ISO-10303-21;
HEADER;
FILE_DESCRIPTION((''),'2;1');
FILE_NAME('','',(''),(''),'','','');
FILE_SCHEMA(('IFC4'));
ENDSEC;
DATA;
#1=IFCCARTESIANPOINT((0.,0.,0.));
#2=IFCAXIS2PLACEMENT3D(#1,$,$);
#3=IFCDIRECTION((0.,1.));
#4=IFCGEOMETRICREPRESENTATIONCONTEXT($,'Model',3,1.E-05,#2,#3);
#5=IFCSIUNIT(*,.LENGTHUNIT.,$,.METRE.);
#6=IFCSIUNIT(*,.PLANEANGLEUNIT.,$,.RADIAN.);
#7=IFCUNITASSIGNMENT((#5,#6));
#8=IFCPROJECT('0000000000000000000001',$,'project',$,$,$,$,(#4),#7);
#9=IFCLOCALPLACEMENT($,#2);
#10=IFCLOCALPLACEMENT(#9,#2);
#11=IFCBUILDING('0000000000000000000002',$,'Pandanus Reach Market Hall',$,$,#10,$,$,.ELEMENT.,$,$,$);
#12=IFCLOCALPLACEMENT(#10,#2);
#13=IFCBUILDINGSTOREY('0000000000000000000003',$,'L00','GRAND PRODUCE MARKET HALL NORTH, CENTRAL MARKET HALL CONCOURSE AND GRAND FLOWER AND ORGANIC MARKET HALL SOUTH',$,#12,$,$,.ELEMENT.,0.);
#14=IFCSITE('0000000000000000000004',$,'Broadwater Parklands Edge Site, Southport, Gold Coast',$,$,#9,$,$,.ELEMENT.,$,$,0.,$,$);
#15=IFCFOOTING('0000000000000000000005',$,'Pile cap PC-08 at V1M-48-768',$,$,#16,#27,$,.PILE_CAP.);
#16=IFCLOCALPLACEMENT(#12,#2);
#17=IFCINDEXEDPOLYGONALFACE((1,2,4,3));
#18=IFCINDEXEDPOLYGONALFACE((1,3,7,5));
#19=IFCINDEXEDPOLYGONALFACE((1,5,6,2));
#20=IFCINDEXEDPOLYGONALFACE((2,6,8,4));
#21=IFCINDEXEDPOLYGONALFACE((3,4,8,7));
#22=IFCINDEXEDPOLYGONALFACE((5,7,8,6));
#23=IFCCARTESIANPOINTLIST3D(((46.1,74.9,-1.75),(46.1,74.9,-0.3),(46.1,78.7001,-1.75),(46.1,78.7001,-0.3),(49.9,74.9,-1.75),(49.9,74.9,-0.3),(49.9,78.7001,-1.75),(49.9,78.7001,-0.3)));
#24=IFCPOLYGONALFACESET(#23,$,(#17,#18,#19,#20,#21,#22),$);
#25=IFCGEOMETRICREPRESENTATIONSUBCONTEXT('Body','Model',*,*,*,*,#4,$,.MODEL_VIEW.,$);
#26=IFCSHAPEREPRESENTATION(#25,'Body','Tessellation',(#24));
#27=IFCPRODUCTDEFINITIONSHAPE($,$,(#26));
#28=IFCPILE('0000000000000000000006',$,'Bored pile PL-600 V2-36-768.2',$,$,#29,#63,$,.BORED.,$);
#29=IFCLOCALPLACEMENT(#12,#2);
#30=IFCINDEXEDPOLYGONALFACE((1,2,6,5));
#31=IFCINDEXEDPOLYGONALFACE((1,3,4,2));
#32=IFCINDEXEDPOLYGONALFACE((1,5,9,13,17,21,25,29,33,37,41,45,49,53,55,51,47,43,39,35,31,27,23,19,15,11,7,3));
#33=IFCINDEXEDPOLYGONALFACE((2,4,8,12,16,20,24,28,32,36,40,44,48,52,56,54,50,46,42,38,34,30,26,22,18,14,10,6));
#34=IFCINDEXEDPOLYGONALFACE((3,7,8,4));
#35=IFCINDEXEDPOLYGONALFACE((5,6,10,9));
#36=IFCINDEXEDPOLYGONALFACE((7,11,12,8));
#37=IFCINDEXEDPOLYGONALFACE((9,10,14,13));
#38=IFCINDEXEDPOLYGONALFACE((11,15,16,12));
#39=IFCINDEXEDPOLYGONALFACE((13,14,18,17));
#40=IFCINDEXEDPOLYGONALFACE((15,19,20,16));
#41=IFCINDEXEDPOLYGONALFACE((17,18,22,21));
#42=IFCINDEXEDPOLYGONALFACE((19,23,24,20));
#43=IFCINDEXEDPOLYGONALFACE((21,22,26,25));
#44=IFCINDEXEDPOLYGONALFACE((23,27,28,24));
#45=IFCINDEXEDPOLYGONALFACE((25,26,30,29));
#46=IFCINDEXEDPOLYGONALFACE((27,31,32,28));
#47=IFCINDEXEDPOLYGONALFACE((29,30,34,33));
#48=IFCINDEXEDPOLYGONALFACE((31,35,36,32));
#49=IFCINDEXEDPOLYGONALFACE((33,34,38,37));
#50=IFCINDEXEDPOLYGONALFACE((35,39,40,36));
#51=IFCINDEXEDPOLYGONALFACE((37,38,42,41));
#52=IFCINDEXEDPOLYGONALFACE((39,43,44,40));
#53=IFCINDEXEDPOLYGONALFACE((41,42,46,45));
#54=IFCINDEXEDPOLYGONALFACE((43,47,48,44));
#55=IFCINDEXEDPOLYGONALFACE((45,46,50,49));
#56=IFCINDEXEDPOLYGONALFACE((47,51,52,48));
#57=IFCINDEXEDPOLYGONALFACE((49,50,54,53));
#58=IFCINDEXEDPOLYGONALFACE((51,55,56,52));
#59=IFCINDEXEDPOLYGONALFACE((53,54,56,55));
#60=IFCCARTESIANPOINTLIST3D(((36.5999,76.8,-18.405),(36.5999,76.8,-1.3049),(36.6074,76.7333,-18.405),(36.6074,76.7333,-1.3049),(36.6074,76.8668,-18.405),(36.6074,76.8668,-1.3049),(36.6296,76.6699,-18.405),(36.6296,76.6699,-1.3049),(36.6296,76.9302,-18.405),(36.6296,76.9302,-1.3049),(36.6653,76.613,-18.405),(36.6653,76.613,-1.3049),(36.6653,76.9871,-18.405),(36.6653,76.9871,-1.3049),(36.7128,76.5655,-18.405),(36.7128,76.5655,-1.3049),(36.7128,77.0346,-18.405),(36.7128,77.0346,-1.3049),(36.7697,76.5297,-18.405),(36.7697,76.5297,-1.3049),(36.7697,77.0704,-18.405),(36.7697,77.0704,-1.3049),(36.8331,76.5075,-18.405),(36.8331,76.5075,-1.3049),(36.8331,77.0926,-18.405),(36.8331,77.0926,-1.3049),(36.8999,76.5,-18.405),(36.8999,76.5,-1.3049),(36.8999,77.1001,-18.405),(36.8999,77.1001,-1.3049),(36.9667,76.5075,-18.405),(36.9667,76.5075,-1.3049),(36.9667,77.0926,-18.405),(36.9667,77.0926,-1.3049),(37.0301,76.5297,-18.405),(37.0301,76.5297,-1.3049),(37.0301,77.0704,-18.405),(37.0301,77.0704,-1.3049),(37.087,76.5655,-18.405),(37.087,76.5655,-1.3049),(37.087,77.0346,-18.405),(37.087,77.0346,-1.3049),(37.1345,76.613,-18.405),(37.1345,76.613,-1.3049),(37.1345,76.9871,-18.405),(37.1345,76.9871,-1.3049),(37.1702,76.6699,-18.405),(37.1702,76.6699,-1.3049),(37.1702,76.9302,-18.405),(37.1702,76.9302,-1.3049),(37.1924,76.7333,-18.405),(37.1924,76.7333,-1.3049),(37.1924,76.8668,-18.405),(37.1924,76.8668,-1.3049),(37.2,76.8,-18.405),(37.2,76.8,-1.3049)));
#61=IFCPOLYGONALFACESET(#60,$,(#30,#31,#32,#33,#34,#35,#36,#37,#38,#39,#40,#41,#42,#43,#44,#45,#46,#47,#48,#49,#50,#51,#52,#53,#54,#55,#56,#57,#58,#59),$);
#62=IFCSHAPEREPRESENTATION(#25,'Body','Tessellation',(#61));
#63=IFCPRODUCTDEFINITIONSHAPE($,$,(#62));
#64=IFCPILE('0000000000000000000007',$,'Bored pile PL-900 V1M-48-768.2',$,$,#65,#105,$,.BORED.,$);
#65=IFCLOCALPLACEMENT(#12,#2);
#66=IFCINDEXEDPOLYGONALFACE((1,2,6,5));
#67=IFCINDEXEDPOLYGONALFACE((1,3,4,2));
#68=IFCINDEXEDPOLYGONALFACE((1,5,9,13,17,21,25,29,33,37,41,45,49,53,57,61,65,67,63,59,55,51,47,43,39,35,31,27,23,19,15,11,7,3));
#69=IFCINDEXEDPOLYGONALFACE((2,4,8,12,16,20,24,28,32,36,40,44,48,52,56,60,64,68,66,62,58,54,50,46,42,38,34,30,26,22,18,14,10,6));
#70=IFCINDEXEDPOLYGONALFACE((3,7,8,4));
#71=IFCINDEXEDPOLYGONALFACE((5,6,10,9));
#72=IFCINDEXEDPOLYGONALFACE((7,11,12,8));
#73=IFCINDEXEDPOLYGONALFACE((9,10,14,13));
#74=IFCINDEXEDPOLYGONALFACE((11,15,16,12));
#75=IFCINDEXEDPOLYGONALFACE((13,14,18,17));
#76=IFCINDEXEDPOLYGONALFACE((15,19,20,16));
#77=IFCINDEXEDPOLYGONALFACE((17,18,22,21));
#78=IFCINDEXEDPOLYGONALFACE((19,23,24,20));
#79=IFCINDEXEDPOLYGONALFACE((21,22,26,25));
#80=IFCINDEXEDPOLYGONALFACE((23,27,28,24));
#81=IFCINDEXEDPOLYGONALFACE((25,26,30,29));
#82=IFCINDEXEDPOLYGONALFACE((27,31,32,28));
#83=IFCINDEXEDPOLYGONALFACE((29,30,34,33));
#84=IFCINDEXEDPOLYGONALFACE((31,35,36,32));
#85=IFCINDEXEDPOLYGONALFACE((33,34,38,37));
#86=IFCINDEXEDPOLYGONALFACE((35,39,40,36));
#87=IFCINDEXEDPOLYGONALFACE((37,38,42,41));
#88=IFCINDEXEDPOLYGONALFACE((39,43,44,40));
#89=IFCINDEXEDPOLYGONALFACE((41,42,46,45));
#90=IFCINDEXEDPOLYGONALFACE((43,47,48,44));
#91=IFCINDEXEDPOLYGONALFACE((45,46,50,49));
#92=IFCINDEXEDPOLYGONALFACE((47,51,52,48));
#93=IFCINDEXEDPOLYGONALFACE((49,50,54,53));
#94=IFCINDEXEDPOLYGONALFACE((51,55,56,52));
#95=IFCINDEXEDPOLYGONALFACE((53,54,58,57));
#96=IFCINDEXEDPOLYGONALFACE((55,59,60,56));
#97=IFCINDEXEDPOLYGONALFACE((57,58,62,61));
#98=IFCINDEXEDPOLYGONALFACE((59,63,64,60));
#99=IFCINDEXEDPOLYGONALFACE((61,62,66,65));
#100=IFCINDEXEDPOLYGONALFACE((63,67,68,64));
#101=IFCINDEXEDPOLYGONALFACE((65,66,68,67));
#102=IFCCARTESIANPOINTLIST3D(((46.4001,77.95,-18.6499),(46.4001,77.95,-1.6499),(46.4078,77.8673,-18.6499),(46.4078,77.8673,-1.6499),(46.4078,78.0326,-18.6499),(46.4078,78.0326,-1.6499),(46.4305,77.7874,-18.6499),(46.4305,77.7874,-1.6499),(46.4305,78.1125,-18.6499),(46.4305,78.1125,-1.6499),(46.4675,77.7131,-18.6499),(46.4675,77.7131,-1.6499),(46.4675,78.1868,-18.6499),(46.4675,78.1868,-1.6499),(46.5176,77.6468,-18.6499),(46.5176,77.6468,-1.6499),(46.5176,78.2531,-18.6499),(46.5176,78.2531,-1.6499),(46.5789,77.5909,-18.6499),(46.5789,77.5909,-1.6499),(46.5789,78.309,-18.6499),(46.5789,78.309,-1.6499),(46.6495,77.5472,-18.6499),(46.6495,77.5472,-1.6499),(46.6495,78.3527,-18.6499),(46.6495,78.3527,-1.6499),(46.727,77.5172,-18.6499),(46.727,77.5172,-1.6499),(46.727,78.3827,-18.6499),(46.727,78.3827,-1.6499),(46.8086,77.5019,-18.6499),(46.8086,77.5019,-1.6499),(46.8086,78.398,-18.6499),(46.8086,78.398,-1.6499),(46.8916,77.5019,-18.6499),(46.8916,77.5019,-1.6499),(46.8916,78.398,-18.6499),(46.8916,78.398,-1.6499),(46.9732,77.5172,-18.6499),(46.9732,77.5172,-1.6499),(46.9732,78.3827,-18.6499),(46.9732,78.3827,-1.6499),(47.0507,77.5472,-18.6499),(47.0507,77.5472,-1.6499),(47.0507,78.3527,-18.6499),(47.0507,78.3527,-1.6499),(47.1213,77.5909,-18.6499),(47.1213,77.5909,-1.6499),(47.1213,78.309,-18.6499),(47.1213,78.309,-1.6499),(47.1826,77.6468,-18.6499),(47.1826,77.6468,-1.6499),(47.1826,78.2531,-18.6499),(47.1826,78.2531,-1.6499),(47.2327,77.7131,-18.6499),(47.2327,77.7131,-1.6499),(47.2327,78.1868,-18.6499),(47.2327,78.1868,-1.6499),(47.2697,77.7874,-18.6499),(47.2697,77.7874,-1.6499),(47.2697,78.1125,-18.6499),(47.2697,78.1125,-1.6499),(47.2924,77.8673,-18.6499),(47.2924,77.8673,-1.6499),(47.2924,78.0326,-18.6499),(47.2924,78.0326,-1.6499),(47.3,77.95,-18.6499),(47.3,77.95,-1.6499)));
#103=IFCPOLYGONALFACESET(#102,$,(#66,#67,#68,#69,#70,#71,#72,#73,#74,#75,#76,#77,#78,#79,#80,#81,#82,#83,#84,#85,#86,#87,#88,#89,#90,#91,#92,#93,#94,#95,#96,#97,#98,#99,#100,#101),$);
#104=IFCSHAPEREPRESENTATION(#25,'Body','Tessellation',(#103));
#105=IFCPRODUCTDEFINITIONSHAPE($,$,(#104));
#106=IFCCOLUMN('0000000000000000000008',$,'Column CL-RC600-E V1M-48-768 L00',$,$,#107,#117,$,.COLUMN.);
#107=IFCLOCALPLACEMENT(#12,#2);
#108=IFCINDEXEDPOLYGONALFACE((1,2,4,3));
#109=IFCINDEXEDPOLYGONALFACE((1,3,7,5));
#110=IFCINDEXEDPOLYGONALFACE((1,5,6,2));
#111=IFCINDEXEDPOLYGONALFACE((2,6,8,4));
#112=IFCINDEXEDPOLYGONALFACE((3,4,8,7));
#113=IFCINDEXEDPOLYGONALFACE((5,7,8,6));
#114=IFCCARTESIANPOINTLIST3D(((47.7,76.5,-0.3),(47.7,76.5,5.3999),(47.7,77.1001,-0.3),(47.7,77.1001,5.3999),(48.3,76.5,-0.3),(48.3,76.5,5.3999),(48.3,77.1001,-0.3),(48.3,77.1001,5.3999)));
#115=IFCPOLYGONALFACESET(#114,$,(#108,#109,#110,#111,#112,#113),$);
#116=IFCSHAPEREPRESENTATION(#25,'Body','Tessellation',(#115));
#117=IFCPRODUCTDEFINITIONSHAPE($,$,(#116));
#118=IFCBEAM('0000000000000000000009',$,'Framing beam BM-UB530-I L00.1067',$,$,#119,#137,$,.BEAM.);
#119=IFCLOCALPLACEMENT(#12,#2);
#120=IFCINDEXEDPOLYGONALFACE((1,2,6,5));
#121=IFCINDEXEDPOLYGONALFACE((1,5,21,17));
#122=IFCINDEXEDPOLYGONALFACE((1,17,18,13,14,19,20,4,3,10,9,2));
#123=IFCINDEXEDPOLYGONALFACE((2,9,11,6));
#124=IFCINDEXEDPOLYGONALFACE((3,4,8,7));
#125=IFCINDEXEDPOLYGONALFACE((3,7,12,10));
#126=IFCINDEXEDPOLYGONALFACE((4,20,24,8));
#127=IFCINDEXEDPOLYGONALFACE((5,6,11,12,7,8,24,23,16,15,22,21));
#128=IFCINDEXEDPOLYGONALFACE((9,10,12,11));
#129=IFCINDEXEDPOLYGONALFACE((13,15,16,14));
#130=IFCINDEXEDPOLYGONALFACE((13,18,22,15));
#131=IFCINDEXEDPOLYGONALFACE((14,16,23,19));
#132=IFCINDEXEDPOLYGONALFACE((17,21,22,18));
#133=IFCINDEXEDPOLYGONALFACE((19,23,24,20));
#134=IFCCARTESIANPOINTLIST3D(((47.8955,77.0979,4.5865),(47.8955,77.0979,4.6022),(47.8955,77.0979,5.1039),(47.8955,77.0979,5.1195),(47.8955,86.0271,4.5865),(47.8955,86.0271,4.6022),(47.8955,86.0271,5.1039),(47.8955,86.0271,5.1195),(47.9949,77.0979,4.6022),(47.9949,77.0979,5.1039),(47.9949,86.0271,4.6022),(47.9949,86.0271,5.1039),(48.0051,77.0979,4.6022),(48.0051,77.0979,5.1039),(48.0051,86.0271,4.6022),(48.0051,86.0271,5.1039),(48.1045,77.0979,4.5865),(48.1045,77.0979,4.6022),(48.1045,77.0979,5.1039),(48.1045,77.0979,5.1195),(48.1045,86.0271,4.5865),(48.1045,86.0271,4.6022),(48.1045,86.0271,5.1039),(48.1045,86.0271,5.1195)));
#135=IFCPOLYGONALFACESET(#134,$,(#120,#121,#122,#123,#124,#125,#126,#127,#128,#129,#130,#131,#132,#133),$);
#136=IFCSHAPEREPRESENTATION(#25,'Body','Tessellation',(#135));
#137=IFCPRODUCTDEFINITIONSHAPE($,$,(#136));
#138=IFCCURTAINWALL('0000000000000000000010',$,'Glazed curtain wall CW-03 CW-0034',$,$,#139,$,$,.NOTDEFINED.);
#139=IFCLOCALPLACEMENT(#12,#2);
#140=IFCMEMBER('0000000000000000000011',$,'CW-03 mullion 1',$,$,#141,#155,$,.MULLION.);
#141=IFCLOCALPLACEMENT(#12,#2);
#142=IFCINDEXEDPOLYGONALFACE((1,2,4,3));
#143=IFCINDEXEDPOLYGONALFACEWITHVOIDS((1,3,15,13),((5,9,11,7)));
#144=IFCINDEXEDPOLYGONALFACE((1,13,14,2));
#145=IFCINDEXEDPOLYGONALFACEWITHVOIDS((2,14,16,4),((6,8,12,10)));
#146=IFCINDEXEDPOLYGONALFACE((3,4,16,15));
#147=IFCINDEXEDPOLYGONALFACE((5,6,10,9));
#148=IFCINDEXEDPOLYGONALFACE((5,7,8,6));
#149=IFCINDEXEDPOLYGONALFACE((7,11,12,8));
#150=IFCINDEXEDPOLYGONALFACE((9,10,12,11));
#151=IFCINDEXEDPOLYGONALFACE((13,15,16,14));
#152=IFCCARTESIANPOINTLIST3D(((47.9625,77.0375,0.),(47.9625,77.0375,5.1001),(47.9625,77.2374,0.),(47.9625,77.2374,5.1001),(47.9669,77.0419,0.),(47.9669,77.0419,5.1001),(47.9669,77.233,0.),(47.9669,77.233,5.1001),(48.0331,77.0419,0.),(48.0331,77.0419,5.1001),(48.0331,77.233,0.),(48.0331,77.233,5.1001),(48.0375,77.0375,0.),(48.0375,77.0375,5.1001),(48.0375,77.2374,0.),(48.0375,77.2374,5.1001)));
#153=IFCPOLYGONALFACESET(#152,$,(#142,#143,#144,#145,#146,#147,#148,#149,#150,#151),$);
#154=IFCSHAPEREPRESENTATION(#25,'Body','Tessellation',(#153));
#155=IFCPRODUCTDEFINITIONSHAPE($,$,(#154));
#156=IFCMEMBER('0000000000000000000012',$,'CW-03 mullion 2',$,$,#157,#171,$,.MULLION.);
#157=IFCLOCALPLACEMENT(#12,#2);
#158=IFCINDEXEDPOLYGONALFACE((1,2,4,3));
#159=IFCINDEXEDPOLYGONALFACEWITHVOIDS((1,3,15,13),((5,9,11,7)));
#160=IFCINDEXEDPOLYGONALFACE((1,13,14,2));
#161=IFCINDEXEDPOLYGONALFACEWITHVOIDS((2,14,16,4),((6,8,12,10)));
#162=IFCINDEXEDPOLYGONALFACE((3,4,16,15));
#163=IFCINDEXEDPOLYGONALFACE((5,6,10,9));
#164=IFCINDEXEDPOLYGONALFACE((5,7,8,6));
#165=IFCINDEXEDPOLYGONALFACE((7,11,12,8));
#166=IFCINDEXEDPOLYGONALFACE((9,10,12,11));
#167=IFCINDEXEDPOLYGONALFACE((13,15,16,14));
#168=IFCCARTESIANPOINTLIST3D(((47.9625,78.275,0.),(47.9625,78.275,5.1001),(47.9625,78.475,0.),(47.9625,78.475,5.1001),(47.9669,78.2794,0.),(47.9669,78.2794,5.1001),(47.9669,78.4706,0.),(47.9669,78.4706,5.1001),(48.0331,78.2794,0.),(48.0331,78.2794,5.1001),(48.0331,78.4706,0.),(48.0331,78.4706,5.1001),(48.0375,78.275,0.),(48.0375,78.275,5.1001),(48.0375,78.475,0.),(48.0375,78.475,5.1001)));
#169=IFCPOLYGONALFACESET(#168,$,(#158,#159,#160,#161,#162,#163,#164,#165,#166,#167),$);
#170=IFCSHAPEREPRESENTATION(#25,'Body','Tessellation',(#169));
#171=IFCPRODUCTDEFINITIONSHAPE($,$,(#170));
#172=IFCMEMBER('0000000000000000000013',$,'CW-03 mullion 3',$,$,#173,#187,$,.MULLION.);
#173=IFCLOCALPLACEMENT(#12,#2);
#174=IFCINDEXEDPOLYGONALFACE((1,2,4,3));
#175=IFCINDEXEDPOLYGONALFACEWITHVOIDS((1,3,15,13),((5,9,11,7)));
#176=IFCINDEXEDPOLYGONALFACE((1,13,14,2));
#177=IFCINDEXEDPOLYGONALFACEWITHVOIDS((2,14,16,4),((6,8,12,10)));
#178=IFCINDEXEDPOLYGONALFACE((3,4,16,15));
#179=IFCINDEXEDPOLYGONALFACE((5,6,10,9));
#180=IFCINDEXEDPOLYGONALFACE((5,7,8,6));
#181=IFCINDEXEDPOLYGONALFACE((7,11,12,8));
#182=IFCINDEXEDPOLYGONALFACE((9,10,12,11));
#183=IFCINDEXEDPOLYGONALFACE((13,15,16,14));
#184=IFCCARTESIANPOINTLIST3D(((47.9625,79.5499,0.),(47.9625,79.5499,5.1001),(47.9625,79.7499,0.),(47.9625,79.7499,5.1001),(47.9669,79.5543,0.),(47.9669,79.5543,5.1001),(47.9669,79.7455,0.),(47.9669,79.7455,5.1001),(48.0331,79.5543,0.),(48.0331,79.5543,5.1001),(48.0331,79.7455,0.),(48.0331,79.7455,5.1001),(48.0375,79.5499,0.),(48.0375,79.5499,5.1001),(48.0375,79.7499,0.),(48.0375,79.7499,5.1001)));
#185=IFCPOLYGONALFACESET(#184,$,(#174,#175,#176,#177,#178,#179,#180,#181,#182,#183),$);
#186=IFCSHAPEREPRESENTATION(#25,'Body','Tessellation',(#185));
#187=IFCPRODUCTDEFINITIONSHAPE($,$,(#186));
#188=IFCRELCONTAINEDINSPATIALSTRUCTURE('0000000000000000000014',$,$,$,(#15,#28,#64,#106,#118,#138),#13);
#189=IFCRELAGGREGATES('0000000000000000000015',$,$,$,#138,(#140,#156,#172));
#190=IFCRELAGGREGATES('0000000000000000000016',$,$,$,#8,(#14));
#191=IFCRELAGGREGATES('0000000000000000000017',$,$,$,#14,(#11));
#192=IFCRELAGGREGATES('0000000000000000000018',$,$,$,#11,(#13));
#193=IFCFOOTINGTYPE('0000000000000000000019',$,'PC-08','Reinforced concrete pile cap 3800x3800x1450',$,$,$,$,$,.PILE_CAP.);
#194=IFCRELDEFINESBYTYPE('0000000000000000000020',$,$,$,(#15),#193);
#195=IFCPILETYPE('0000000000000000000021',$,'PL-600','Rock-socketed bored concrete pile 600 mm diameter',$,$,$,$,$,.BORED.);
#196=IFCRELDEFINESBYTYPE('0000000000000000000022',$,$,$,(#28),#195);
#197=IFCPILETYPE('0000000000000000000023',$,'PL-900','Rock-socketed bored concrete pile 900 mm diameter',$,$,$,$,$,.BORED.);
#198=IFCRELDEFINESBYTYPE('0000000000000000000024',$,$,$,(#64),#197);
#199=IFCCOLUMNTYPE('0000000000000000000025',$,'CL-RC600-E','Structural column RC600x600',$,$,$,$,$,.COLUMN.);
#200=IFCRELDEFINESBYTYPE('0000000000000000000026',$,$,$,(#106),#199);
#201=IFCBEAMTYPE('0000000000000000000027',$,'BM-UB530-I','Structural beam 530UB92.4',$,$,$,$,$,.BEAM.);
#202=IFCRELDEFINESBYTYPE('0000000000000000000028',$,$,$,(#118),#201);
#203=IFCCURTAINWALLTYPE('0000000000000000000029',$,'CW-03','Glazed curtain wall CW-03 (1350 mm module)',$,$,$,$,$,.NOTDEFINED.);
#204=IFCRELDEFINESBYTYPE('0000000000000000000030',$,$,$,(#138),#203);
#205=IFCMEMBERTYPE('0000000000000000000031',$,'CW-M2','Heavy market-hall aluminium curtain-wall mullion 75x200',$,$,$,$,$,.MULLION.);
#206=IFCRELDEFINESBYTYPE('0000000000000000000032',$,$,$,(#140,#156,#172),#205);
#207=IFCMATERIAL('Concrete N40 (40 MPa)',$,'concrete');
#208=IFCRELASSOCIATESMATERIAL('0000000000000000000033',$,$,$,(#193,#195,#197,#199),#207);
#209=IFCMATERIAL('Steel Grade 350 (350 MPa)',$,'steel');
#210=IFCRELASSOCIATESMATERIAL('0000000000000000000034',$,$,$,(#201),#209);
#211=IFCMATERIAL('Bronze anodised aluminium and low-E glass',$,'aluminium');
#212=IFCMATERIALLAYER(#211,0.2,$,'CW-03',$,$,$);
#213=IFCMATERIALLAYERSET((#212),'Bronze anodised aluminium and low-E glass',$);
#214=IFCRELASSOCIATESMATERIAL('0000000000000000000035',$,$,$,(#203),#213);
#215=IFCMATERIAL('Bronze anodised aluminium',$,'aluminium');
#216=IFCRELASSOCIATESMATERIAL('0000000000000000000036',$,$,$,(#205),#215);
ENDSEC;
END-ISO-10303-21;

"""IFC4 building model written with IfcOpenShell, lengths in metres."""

from ifc_helpers import new_model, si_unit, direction, frame, origin, origin_2d, place, context, subcontext, project, spatial, rectangle, hollow_rectangle, circle, i_section, extrude, material, layer, layer_set, material_profile, profile_set, type_object, element, aggregate, save


model = new_model("IFC4")

# Units and contexts
model_context = context("Model", 3, precision=1e-05, world=origin(), true_north=direction((0.0, 1.0)))
body_context = subcontext(model_context, "Body", "Model", "MODEL_VIEW")
ifc_project = project(units=[si_unit("LENGTHUNIT", "METRE"), si_unit("PLANEANGLEUNIT", "RADIAN")], contexts=[model_context])

# Site, building, storey
site_placement = place(None, origin())
site = spatial("IfcSite", under=ifc_project, at=site_placement, Name="Broadwater Parklands Edge Site, Southport, Gold Coast", CompositionType="ELEMENT", RefElevation=0.0)
building_placement = place(site_placement, origin())
building = spatial("IfcBuilding", under=site, at=building_placement, Name="Pandanus Reach Market Hall", CompositionType="ELEMENT")
storey_placement = place(building_placement, origin())
storey = spatial("IfcBuildingStorey", under=building, at=storey_placement, Name="L00", Description="GRAND PRODUCE MARKET HALL NORTH, CENTRAL MARKET HALL CONCOURSE AND GRAND FLOWER AND ORGANIC MARKET HALL SOUTH", CompositionType="ELEMENT", Elevation=0.0)

# Footing
ifc_material_1 = material(Name="Concrete N40 (40 MPa)", Category="concrete")
footing_type = type_object("IfcFootingType", Name="PC-08", Description="Reinforced concrete pile cap 3800x3800x1450", PredefinedType="PILE_CAP", material=ifc_material_1)
footing_placement = place(storey_placement, frame((48.0, 76.8, -1.75), z_axis=(0.0, 0.0, 1.0), x_axis=(1.0, 0.0, 0.0)))
element("IfcFooting", 1, at=footing_placement, inside=storey, type_object=footing_type, Name="Pile cap PC-08 at V1M-48-768", PredefinedType="PILE_CAP", context=body_context, shape_type="SweptSolid", body=[
    extrude(rectangle(XDim=3.8, YDim=3.8, at=origin_2d()), origin(), (0.0, 0.0, 1.0), 1.45),
])

# Piles
ifc_material_profile_1 = material_profile(ifc_material_1, circle(Radius=0.3, at=origin_2d()), Name="PILE-600D", Category="LoadBearing")
ifc_profile_set_1 = profile_set([ifc_material_profile_1], Name="Concrete N40 (40 MPa)")
pile_type_1 = type_object("IfcPileType", Name="PL-600", Description="Rock-socketed bored concrete pile 600 mm diameter", PredefinedType="BORED", material=ifc_profile_set_1)
pile_1_placement = place(storey_placement, frame((36.8999, 76.8, -1.3049), z_axis=(0.0, 0.0, -1.0), x_axis=(1.0, 0.0, 0.0)))
element("IfcPile", 2, at=pile_1_placement, inside=storey, type_object=pile_type_1, Name="Bored pile PL-600 V2-36-768.2", PredefinedType="BORED", context=body_context, shape_type="SweptSolid", body=[
    extrude(circle(Radius=0.3, at=origin_2d()), origin(), (0.0, 0.0, 1.0), 17.1001),
])
ifc_material_profile_2 = material_profile(ifc_material_1, circle(Radius=0.45, at=origin_2d()), Name="PILE-900D", Category="LoadBearing")
ifc_profile_set_2 = profile_set([ifc_material_profile_2], Name="Concrete N40 (40 MPa)")
pile_type_2 = type_object("IfcPileType", Name="PL-900", Description="Rock-socketed bored concrete pile 900 mm diameter", PredefinedType="BORED", material=ifc_profile_set_2)
pile_2_placement = place(storey_placement, frame((46.8501, 77.95, -1.6499), z_axis=(0.0, 0.0, -1.0), x_axis=(1.0, 0.0, 0.0)))
element("IfcPile", 3, at=pile_2_placement, inside=storey, type_object=pile_type_2, Name="Bored pile PL-900 V1M-48-768.2", PredefinedType="BORED", context=body_context, shape_type="SweptSolid", body=[
    extrude(circle(Radius=0.45, at=origin_2d()), origin(), (0.0, 0.0, 1.0), 17.0),
])

# Column
ifc_material_profile_3 = material_profile(ifc_material_1, rectangle(XDim=0.6001, YDim=0.6001, at=origin_2d()), Name="RC600x600", Category="LoadBearing")
ifc_profile_set_3 = profile_set([ifc_material_profile_3], Name="Concrete N40 (40 MPa)")
column_type = type_object("IfcColumnType", Name="CL-RC600-E", Description="Structural column RC600x600", PredefinedType="COLUMN", material=ifc_profile_set_3)
column_placement = place(storey_placement, frame((48.0, 76.8, -0.3), z_axis=(0.0, 0.0, 1.0), x_axis=(1.0, 0.0, 0.0)))
element("IfcColumn", 4, at=column_placement, inside=storey, type_object=column_type, Name="Column CL-RC600-E V1M-48-768 L00", PredefinedType="COLUMN", context=body_context, shape_type="SweptSolid", body=[
    extrude(rectangle(XDim=0.6001, YDim=0.6001, at=origin_2d()), origin(), (0.0, 0.0, 1.0), 5.7),
])

# Beam
ifc_material_2 = material(Name="Steel Grade 350 (350 MPa)", Category="steel")
ifc_material_profile_4 = material_profile(ifc_material_2, i_section(OverallWidth=0.209, OverallDepth=0.533, WebThickness=0.0103, FlangeThickness=0.0156, at=origin_2d()), Name="530UB92.4", Category="LoadBearing")
ifc_profile_set_4 = profile_set([ifc_material_profile_4], Name="Steel Grade 350 (350 MPa)")
beam_type = type_object("IfcBeamType", Name="BM-UB530-I", Description="Structural beam 530UB92.4", PredefinedType="BEAM", material=ifc_profile_set_4)
beam_placement = place(storey_placement, frame((48.0, 77.0979, 4.853), z_axis=(0.0, 1.0, 0.0), x_axis=(-1.0, 0.0, 0.0)))
element("IfcBeam", 5, at=beam_placement, inside=storey, type_object=beam_type, Name="Framing beam BM-UB530-I L00.1067", PredefinedType="BEAM", context=body_context, shape_type="SweptSolid", body=[
    extrude(i_section(OverallWidth=0.209, OverallDepth=0.533, WebThickness=0.0103, FlangeThickness=0.0156, at=origin_2d()), origin(), (0.0, 0.0, 1.0), 8.9292),
])

# Curtain wall, members
ifc_material_3 = material(Name="Bronze anodised aluminium and low-E glass", Category="aluminium")
ifc_layer_1 = layer(ifc_material_3, 0.2, Name="CW-03")
ifc_layer_set_1 = layer_set([ifc_layer_1], Name="Bronze anodised aluminium and low-E glass")
curtain_wall_type = type_object("IfcCurtainWallType", Name="CW-03", Description="Glazed curtain wall CW-03 (1350 mm module)", PredefinedType="NOTDEFINED", material=ifc_layer_set_1)
curtain_wall_placement = place(storey_placement, origin())
curtain_wall = element("IfcCurtainWall", 6, at=curtain_wall_placement, inside=storey, type_object=curtain_wall_type, Name="Glazed curtain wall CW-03 CW-0034", PredefinedType="NOTDEFINED")
ifc_material_4 = material(Name="Bronze anodised aluminium", Category="aluminium")
ifc_material_profile_5 = material_profile(ifc_material_4, hollow_rectangle(XDim=0.075, YDim=0.2, WallThickness=0.0044, at=origin_2d()), Name="ALU75x200", Category="LoadBearing")
ifc_profile_set_5 = profile_set([ifc_material_profile_5], Name="Bronze anodised aluminium")
member_type_1 = type_object("IfcMemberType", Name="CW-M2", Description="Heavy market-hall aluminium curtain-wall mullion 75x200", PredefinedType="MULLION", material=ifc_profile_set_5)
member_1_placement = place(storey_placement, frame((48.0, 77.1375, 0.0), z_axis=(0.0, 0.0, 1.0), x_axis=(-1.0, 0.0, 0.0)))
member_1 = element("IfcMember", 7, at=member_1_placement, type_object=member_type_1, Name="CW-03 mullion 1", PredefinedType="MULLION", context=body_context, shape_type="SweptSolid", body=[
    extrude(hollow_rectangle(XDim=0.075, YDim=0.2, WallThickness=0.0044, at=origin_2d()), origin(), (0.0, 0.0, 1.0), 5.1001),
])
member_2_placement = place(storey_placement, frame((48.0, 78.375, 0.0), z_axis=(0.0, 0.0, 1.0), x_axis=(-1.0, 0.0, 0.0)))
member_2 = element("IfcMember", 8, at=member_2_placement, type_object=member_type_1, Name="CW-03 mullion 2", PredefinedType="MULLION", context=body_context, shape_type="SweptSolid", body=[
    extrude(hollow_rectangle(XDim=0.075, YDim=0.2, WallThickness=0.0044, at=origin_2d()), origin(), (0.0, 0.0, 1.0), 5.1001),
])
member_3_placement = place(storey_placement, frame((48.0, 79.6499, 0.0), z_axis=(0.0, 0.0, 1.0), x_axis=(-1.0, 0.0, 0.0)))
member_3 = element("IfcMember", 9, at=member_3_placement, type_object=member_type_1, Name="CW-03 mullion 3", PredefinedType="MULLION", context=body_context, shape_type="SweptSolid", body=[
    extrude(hollow_rectangle(XDim=0.075, YDim=0.2, WallThickness=0.0044, at=origin_2d()), origin(), (0.0, 0.0, 1.0), 5.1001),
])
aggregate(curtain_wall, [member_1, member_2, member_3])

save(model, "model.ifc")
